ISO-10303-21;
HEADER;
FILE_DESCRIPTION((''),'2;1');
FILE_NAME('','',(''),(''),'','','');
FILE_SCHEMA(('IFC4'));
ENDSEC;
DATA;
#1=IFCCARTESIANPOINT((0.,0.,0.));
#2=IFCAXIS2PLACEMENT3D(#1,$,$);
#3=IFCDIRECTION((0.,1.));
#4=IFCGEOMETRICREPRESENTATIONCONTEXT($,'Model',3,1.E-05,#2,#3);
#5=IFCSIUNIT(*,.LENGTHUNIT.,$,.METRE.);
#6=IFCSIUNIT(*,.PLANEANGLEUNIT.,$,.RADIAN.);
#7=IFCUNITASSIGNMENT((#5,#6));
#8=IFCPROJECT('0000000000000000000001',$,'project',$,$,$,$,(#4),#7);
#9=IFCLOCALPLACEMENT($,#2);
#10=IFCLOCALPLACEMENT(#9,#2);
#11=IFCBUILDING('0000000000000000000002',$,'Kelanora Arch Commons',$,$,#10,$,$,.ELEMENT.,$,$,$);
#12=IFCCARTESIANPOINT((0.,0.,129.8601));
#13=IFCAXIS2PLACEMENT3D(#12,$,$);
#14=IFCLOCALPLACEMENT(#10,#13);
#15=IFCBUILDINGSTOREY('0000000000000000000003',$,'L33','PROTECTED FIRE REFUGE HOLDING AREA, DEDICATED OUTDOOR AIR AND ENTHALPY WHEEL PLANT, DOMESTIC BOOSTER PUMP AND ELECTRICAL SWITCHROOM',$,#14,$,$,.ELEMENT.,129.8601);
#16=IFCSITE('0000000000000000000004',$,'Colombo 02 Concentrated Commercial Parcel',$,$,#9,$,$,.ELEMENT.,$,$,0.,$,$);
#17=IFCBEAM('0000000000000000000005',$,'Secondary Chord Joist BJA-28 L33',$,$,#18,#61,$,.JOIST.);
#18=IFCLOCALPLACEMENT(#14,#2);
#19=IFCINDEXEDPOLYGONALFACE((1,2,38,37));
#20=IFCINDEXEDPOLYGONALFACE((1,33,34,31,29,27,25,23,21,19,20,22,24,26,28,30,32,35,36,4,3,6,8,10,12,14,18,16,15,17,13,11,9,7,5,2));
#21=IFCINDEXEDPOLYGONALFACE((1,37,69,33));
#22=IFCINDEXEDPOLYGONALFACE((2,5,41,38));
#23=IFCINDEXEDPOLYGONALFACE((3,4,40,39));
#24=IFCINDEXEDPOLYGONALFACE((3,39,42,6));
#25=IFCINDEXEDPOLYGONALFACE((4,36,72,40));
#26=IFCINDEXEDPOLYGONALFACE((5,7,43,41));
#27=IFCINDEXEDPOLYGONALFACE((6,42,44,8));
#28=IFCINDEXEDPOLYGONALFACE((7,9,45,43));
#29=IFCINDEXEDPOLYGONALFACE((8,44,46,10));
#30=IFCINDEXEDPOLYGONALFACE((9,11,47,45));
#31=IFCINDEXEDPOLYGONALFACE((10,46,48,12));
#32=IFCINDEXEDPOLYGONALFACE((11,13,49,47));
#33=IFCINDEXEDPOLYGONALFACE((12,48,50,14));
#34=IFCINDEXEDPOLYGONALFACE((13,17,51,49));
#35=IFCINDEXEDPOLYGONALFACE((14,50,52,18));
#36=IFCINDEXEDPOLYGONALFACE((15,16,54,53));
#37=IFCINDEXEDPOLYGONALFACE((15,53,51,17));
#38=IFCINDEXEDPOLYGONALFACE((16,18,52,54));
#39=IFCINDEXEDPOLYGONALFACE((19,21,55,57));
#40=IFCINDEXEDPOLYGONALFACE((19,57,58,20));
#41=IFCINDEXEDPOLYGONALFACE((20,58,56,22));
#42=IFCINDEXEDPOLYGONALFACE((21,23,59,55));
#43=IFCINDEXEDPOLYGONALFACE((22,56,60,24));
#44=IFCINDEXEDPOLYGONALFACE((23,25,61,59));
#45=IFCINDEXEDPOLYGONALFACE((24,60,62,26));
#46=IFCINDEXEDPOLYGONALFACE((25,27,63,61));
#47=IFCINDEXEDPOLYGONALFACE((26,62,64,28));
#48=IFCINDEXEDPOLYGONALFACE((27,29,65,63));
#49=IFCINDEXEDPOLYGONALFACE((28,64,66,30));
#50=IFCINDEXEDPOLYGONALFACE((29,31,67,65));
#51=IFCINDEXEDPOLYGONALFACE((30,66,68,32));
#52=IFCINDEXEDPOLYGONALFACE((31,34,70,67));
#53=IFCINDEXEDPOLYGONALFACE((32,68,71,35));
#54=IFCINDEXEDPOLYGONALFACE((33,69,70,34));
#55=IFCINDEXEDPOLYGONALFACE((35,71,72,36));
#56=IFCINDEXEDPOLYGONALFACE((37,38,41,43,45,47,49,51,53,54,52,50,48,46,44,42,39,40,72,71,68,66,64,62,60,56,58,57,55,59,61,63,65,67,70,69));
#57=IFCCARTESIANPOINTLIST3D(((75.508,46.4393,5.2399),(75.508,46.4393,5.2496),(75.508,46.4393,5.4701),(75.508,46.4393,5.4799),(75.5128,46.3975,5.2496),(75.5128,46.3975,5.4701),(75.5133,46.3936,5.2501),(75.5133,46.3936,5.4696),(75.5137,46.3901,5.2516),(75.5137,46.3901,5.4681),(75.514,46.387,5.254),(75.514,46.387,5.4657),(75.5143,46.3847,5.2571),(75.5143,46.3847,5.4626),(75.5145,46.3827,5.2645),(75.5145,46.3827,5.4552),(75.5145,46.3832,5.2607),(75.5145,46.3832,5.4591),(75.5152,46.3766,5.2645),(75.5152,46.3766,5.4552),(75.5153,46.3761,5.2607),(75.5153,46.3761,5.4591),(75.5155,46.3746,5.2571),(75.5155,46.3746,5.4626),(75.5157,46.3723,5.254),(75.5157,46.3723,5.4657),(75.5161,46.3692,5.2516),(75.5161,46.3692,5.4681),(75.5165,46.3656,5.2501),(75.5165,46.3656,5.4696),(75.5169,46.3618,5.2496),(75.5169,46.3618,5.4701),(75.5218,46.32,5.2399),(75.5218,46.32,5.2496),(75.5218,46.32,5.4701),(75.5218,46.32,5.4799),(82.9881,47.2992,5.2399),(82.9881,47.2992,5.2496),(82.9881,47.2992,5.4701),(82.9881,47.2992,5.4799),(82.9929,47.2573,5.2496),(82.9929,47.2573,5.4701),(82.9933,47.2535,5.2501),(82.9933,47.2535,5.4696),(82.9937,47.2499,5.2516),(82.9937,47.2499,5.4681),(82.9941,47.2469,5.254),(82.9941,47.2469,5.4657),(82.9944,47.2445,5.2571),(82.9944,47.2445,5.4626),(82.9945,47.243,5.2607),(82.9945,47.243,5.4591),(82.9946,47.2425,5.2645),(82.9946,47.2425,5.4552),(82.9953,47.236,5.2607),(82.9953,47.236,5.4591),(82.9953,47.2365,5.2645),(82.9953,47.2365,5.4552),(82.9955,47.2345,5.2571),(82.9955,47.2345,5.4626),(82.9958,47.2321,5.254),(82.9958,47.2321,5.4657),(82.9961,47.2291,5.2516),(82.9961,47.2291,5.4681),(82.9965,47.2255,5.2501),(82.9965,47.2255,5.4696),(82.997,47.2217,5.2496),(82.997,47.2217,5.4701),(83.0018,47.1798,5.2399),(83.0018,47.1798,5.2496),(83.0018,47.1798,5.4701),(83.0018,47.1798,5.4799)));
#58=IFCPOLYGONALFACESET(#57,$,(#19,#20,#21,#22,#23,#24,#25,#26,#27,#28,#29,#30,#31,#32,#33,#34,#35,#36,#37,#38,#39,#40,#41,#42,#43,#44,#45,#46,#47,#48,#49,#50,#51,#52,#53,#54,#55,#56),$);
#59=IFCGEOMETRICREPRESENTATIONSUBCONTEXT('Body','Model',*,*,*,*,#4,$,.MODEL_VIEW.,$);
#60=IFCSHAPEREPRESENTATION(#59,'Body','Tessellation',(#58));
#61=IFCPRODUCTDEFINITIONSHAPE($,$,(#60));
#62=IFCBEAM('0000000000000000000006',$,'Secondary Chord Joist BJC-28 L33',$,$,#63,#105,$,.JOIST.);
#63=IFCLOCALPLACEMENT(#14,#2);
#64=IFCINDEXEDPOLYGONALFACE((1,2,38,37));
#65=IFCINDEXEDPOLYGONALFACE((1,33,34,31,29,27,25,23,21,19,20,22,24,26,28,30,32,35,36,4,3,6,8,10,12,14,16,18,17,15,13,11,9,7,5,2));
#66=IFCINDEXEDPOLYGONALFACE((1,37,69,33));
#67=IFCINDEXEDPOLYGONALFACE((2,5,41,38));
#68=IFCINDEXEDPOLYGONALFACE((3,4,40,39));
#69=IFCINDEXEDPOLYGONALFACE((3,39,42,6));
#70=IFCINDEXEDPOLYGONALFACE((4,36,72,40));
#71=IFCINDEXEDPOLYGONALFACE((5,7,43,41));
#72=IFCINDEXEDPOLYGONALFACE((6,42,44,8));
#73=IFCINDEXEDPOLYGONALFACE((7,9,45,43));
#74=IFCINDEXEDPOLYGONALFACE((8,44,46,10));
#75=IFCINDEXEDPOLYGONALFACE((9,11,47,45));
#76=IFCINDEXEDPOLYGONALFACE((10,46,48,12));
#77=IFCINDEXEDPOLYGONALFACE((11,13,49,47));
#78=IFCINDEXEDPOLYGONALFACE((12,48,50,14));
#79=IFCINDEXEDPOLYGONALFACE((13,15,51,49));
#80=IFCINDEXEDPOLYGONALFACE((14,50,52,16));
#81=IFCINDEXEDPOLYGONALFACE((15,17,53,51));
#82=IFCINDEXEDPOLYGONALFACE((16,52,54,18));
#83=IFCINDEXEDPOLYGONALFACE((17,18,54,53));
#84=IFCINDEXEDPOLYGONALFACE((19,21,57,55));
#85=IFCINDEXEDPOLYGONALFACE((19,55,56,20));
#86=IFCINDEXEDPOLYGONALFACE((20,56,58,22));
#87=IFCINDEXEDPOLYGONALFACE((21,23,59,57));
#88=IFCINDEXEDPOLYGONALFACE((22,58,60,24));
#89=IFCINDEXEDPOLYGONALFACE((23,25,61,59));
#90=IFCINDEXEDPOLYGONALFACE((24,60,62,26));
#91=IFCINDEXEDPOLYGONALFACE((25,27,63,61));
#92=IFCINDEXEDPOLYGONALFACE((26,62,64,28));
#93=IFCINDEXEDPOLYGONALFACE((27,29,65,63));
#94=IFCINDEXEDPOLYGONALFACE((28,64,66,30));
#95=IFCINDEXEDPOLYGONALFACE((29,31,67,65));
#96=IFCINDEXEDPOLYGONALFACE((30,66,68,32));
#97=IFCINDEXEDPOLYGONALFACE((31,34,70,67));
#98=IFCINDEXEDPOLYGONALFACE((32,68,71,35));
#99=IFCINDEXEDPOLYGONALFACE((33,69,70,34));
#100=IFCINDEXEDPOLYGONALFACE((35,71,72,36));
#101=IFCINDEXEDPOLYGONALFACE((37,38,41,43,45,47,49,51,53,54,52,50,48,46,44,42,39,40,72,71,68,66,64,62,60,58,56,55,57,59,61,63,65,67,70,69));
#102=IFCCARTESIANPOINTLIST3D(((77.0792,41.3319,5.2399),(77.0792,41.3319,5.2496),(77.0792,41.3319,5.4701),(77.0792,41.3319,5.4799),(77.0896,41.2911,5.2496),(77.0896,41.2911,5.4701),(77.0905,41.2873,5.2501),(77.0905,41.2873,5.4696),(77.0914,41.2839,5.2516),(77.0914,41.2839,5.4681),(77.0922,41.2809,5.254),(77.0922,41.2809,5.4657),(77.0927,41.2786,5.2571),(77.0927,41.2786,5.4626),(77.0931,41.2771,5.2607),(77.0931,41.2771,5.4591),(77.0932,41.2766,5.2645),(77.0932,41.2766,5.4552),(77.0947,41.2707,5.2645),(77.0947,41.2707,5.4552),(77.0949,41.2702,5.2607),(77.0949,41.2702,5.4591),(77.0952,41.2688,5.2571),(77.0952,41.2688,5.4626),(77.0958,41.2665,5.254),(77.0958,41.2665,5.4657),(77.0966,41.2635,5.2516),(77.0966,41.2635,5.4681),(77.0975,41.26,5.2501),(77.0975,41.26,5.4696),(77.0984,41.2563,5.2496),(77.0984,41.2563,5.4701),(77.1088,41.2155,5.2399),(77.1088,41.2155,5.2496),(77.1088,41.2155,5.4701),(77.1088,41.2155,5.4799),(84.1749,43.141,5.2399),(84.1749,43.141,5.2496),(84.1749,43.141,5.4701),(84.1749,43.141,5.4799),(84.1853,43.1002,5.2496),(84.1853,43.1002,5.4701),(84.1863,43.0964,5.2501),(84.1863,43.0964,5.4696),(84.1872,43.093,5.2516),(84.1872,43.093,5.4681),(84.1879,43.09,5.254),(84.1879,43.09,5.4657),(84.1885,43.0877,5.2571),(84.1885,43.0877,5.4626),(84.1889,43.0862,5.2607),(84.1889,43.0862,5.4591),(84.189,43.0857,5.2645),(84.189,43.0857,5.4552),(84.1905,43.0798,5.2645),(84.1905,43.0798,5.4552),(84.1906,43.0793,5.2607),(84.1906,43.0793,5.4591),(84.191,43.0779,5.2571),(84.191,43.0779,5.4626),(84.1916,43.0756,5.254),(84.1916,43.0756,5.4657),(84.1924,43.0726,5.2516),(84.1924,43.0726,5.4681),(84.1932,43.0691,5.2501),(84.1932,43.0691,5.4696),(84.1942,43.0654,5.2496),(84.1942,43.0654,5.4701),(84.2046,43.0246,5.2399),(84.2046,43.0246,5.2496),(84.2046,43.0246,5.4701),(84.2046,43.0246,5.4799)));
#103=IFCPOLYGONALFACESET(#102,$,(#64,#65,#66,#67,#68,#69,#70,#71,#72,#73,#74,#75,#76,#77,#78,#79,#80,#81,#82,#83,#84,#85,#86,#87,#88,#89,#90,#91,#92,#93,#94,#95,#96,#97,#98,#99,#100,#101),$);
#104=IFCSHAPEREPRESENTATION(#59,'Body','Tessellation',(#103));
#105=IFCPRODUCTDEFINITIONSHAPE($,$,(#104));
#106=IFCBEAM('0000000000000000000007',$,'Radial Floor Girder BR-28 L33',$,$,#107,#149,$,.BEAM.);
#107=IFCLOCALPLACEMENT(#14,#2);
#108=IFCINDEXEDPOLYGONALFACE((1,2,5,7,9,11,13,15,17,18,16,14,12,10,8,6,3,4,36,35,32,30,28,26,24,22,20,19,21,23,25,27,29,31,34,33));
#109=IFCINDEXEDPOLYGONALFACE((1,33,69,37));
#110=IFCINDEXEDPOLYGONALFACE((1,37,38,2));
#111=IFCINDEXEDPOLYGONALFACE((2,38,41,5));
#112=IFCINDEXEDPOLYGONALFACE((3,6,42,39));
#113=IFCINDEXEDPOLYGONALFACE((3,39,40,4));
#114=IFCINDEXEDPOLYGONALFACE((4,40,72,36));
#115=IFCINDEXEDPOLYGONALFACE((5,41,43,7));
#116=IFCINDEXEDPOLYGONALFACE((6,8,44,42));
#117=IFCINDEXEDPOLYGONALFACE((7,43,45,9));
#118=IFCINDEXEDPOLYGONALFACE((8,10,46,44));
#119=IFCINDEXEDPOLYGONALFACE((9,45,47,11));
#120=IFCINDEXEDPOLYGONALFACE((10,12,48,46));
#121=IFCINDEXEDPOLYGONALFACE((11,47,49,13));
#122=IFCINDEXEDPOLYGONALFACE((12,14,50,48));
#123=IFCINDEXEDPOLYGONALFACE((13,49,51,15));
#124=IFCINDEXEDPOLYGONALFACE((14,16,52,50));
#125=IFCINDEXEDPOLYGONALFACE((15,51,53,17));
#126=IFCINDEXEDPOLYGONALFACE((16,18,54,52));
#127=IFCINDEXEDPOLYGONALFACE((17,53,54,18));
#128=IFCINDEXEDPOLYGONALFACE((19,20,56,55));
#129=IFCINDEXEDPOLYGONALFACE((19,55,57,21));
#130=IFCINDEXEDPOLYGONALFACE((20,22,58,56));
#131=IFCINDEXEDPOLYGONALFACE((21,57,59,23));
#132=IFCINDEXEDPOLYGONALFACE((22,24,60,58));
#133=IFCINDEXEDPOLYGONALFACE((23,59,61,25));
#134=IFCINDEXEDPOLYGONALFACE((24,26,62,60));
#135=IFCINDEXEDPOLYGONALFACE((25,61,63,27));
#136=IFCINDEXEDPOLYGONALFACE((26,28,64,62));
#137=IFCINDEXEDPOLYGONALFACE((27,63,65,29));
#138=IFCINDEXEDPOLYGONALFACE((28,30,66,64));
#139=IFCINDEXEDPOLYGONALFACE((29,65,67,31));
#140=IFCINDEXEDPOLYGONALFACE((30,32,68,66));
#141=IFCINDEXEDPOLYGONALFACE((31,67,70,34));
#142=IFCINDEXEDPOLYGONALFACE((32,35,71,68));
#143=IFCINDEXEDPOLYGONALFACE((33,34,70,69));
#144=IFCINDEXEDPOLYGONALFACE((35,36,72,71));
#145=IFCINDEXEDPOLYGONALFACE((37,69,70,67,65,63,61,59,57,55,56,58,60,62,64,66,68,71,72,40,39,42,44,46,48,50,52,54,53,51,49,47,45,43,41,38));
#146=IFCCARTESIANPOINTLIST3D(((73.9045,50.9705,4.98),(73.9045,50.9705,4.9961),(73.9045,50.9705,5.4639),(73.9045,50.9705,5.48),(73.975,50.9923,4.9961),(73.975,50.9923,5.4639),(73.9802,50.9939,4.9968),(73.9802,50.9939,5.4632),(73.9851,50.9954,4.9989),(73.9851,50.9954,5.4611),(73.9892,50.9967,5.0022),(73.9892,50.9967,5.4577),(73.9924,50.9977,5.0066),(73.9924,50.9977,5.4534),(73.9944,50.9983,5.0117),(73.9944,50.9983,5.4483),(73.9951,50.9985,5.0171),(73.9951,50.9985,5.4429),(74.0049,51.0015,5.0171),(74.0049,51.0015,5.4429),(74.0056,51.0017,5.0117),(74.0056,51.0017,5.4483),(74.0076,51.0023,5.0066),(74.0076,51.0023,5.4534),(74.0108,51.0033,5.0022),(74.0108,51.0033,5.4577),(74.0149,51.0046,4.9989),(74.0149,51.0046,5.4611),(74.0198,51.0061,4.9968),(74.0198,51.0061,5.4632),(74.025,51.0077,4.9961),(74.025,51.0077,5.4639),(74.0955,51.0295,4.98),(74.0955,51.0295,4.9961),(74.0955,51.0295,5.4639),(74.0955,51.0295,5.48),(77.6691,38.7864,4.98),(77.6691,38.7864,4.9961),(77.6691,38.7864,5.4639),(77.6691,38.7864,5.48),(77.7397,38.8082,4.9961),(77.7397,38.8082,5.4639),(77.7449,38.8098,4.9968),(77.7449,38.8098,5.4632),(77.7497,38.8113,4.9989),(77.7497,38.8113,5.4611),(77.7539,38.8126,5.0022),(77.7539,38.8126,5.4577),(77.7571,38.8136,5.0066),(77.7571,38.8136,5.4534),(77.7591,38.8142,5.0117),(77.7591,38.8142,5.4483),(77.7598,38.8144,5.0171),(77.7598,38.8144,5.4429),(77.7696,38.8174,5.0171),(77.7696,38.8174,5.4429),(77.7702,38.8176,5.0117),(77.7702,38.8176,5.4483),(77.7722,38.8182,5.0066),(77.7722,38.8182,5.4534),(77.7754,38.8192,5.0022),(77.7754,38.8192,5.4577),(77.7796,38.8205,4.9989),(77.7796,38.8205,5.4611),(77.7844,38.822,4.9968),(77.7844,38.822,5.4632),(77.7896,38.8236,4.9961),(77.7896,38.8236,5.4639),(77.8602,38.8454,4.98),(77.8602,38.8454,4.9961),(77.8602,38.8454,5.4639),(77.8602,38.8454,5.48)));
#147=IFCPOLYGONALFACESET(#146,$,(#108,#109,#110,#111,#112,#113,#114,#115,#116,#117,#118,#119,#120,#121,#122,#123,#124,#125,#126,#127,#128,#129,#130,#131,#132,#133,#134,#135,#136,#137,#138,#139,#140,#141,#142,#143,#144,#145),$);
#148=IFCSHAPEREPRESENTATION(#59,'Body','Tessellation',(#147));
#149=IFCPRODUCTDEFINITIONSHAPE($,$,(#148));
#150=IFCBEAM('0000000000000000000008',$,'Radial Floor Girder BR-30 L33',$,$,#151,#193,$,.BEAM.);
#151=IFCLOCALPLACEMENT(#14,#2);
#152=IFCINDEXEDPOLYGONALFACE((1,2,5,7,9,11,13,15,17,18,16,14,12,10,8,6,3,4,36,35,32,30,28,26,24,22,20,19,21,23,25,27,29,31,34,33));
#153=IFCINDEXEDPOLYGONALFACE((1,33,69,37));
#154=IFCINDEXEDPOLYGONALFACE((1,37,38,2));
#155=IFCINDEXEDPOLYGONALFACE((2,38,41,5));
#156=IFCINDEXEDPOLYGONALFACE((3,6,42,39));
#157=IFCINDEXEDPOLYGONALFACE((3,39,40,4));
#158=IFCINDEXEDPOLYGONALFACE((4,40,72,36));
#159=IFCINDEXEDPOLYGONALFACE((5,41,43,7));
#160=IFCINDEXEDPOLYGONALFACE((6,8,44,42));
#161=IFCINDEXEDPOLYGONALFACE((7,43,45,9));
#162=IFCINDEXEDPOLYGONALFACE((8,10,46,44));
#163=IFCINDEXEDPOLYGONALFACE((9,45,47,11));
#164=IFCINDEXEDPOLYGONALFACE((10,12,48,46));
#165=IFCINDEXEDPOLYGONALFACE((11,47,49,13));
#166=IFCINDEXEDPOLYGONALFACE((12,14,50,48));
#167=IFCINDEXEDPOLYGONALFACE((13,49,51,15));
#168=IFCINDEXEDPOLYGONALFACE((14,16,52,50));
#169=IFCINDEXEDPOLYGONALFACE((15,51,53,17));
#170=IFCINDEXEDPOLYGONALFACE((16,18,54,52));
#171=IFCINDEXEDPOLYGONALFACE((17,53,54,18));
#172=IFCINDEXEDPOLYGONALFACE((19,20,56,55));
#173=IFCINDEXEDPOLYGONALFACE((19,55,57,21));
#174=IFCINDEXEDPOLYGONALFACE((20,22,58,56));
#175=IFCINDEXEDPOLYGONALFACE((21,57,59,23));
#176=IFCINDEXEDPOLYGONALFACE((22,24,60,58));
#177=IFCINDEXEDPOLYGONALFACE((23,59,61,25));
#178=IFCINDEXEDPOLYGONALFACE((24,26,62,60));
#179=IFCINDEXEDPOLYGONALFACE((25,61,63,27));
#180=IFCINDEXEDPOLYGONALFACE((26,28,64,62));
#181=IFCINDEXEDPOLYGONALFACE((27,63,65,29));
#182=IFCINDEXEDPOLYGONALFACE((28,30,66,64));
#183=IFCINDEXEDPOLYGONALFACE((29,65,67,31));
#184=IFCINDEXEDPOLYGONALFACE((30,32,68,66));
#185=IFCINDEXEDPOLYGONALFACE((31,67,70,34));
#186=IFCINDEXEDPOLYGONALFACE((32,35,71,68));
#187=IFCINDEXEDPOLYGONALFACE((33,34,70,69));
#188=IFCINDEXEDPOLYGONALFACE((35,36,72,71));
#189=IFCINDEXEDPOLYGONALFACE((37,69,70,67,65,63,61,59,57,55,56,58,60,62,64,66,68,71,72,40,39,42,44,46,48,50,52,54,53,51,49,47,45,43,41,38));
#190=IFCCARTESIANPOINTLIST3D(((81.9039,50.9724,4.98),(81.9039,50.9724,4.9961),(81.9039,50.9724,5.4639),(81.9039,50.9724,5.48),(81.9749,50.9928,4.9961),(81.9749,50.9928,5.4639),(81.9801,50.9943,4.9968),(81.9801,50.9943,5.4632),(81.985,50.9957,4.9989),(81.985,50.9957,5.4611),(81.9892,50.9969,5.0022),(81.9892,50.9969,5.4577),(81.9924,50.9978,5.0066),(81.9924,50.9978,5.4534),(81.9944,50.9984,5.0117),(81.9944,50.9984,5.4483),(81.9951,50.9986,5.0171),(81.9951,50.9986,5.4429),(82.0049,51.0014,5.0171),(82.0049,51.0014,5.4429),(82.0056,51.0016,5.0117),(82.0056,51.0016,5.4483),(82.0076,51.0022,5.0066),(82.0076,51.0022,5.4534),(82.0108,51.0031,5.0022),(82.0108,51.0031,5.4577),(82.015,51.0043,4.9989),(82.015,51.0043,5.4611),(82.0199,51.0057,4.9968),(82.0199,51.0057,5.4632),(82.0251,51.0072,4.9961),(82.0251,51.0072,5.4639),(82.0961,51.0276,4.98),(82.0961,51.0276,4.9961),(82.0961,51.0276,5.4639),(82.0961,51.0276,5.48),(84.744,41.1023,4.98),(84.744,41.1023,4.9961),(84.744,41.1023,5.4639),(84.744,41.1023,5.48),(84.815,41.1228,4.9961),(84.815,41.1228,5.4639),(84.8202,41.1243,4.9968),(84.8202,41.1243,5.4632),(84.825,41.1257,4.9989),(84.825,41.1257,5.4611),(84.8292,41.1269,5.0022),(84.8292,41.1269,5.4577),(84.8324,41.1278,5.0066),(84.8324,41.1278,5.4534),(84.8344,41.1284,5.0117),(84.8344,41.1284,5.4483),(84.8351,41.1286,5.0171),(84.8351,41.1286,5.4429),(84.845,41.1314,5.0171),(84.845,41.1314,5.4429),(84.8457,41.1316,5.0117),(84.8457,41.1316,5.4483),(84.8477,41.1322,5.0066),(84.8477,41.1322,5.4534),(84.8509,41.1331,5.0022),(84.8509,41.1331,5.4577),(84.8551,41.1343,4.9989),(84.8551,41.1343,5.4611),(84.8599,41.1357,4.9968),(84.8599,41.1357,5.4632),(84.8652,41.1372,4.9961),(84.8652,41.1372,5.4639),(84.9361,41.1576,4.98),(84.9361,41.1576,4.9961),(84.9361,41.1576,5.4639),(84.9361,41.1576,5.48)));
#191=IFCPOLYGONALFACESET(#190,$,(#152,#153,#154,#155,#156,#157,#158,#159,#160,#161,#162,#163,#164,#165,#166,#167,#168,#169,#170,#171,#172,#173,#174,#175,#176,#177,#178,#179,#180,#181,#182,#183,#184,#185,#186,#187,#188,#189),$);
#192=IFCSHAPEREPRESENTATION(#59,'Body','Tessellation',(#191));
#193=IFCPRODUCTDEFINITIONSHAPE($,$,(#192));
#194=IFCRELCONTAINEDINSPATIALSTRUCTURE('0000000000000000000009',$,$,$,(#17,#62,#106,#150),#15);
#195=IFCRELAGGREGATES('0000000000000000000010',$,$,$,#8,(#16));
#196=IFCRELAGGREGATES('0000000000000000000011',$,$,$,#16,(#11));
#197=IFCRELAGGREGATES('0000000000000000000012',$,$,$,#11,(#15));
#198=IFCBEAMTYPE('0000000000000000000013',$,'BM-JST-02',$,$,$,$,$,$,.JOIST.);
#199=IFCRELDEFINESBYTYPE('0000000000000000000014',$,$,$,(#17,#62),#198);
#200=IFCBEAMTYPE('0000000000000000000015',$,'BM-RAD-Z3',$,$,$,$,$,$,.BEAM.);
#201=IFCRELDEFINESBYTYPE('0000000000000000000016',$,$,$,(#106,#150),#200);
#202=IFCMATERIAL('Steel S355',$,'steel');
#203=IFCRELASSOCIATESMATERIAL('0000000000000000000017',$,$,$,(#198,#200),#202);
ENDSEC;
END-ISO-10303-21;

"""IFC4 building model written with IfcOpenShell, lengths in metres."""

from ifc_helpers import new_model, si_unit, direction, frame, origin, origin_2d, place, context, subcontext, project, spatial, i_section, extrude, material, material_profile, profile_set, type_object, element, save


model = new_model("IFC4")

# Units and contexts
model_context = context("Model", 3, precision=1e-05, world=origin(), true_north=direction((0.0, 1.0)))
body_context = subcontext(model_context, "Body", "Model", "MODEL_VIEW")
ifc_project = project(units=[si_unit("LENGTHUNIT", "METRE"), si_unit("PLANEANGLEUNIT", "RADIAN")], contexts=[model_context])

# Site, building, storey
site_placement = place(None, origin())
site = spatial("IfcSite", under=ifc_project, at=site_placement, Name="Colombo 02 Concentrated Commercial Parcel", CompositionType="ELEMENT", RefElevation=0.0)
building_placement = place(site_placement, origin())
building = spatial("IfcBuilding", under=site, at=building_placement, Name="Kelanora Arch Commons", CompositionType="ELEMENT")
storey_placement = place(building_placement, frame((0.0, 0.0, 129.8601)))
storey = spatial("IfcBuildingStorey", under=building, at=storey_placement, Name="L33", Description="PROTECTED FIRE REFUGE HOLDING AREA, DEDICATED OUTDOOR AIR AND ENTHALPY WHEEL PLANT, DOMESTIC BOOSTER PUMP AND ELECTRICAL SWITCHROOM", CompositionType="ELEMENT", Elevation=129.8601)

# Beams
ifc_material_1 = material(Name="Steel S355", Category="steel")
ifc_material_profile_1 = material_profile(ifc_material_1, i_section(OverallWidth=0.1201, OverallDepth=0.24, WebThickness=0.0061, FlangeThickness=0.0098, FilletRadius=0.0149, at=origin_2d()), Name="IPE240")
ifc_profile_set_1 = profile_set([ifc_material_profile_1], Name="Steel S355")
beam_type_1 = type_object("IfcBeamType", Name="BM-JST-02", PredefinedType="JOIST", material=ifc_profile_set_1)
beam_1_placement = place(storey_placement, frame((75.5149, 46.3796, 5.3599), z_axis=(0.993457, 0.114203, 0.0), x_axis=(-0.114203, 0.993457, 0.0)))
element("IfcBeam", 1, at=beam_1_placement, inside=storey, type_object=beam_type_1, Name="Secondary Chord Joist BJA-28 L33", PredefinedType="JOIST", context=body_context, shape_type="SweptSolid", body=[
    extrude(i_section(OverallWidth=0.1201, OverallDepth=0.24, WebThickness=0.0061, FlangeThickness=0.0098, FilletRadius=0.0149, at=origin_2d()), origin(), (0.0, 0.0, 1.0), 7.5293),
])
beam_2_placement = place(storey_placement, frame((77.094, 41.2737, 5.3599), z_axis=(0.969002, 0.247052, 0.0), x_axis=(-0.247052, 0.969002, 0.0)))
element("IfcBeam", 2, at=beam_2_placement, inside=storey, type_object=beam_type_1, Name="Secondary Chord Joist BJC-28 L33", PredefinedType="JOIST", context=body_context, shape_type="SweptSolid", body=[
    extrude(i_section(OverallWidth=0.1201, OverallDepth=0.24, WebThickness=0.0061, FlangeThickness=0.0098, FilletRadius=0.0149, at=origin_2d()), origin(), (0.0, 0.0, 1.0), 7.3228),
])
ifc_material_profile_2 = material_profile(ifc_material_1, i_section(OverallWidth=0.2, OverallDepth=0.5, WebThickness=0.0103, FlangeThickness=0.0161, FilletRadius=0.021, at=origin_2d()), Name="IPE500")
ifc_profile_set_2 = profile_set([ifc_material_profile_2], Name="Steel S355")
beam_type_2 = type_object("IfcBeamType", Name="BM-RAD-Z3", PredefinedType="BEAM", material=ifc_profile_set_2)
beam_3_placement = place(storey_placement, frame((74.0, 51.0, 5.23), z_axis=(0.29521, -0.955432, 0.0), x_axis=(0.955432, 0.29521, 0.0)))
element("IfcBeam", 3, at=beam_3_placement, inside=storey, type_object=beam_type_2, Name="Radial Floor Girder BR-28 L33", PredefinedType="BEAM", context=body_context, shape_type="SweptSolid", body=[
    extrude(i_section(OverallWidth=0.2, OverallDepth=0.5, WebThickness=0.0103, FlangeThickness=0.0161, FilletRadius=0.021, at=origin_2d()), origin(), (0.0, 0.0, 1.0), 12.7524),
])
beam_4_placement = place(storey_placement, frame((82.0, 51.0, 5.23), z_axis=(0.276526, -0.961006, 0.0), x_axis=(0.961006, 0.276526, 0.0)))
element("IfcBeam", 4, at=beam_4_placement, inside=storey, type_object=beam_type_2, Name="Radial Floor Girder BR-30 L33", PredefinedType="BEAM", context=body_context, shape_type="SweptSolid", body=[
    extrude(i_section(OverallWidth=0.2, OverallDepth=0.5, WebThickness=0.0103, FlangeThickness=0.0161, FilletRadius=0.021, at=origin_2d()), origin(), (0.0, 0.0, 1.0), 10.2705),
])

save(model, "model.ifc")
